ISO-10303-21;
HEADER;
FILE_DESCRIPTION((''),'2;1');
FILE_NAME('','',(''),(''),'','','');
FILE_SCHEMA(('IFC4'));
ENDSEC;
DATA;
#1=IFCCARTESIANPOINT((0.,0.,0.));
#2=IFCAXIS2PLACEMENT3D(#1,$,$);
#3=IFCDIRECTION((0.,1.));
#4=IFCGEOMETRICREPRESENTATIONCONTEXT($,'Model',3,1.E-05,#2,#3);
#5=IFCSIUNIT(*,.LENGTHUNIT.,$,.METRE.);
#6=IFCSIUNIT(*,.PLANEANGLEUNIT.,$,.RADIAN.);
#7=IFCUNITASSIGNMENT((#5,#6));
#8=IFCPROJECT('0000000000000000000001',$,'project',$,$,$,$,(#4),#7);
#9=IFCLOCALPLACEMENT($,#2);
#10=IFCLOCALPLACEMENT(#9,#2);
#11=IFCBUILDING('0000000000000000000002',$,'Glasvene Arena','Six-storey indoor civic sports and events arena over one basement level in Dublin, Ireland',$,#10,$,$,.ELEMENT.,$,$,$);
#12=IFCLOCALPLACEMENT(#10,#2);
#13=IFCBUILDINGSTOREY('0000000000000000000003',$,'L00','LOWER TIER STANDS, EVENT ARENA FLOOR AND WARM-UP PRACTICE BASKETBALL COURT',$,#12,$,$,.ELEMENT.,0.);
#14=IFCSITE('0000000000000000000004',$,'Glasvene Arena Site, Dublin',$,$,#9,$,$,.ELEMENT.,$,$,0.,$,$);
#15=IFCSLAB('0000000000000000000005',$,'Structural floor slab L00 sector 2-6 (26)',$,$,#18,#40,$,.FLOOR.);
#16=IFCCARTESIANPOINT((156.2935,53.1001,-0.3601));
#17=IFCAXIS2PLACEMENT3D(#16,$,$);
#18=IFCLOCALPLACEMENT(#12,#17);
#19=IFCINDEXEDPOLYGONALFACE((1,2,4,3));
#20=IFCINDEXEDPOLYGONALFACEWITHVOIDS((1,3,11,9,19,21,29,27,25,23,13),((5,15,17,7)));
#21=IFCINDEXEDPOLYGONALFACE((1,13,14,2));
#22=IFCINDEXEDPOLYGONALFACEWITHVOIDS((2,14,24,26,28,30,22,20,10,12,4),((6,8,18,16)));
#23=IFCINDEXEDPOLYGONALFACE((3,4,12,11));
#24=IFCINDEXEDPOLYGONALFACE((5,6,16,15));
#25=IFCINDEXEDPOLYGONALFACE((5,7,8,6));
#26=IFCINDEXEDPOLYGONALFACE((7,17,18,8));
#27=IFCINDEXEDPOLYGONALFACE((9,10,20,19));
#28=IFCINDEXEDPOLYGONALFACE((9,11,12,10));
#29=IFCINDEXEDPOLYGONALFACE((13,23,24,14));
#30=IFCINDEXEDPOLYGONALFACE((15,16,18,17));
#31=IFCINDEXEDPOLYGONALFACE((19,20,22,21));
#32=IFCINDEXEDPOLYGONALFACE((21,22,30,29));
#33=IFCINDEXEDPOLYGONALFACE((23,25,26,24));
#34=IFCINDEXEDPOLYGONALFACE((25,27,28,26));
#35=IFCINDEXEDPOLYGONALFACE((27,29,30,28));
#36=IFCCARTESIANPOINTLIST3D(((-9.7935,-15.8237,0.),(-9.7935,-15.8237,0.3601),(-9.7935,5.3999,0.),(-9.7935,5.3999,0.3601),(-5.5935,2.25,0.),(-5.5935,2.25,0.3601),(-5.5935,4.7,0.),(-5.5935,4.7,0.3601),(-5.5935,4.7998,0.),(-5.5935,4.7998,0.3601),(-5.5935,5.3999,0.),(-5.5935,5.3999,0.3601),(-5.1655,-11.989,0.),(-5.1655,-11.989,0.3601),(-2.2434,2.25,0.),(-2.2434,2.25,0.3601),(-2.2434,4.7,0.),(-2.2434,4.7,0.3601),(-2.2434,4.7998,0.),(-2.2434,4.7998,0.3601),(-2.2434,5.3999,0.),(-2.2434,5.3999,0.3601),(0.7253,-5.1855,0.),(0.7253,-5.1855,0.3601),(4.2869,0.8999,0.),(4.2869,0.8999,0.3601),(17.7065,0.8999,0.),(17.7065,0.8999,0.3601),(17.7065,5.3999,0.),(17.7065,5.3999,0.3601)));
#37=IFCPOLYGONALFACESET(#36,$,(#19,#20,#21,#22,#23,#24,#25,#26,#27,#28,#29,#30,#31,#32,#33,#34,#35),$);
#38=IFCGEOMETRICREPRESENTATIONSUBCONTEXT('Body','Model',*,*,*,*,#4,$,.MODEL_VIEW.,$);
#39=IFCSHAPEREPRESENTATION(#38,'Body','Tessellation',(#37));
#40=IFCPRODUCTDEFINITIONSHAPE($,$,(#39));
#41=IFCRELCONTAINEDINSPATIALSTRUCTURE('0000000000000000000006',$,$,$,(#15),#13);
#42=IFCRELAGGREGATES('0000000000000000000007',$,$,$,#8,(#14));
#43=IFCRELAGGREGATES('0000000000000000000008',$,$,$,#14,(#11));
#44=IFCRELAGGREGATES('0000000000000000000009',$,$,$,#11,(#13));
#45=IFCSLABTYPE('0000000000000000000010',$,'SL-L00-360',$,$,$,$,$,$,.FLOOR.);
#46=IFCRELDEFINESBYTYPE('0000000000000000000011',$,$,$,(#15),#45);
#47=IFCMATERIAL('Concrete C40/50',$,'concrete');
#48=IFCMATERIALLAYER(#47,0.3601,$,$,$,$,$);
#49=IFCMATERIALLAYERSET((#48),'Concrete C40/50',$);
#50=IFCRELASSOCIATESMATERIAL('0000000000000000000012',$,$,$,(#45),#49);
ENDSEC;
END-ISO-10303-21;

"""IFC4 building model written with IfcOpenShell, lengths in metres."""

from ifc_helpers import new_model, si_unit, direction, frame, origin, place, context, subcontext, project, spatial, polyline, outline, extrude, material, layer, layer_set, type_object, element, save


model = new_model("IFC4")

# Units and contexts
model_context = context("Model", 3, precision=1e-05, world=origin(), true_north=direction((0.0, 1.0)))
body_context = subcontext(model_context, "Body", "Model", "MODEL_VIEW")
ifc_project = project(units=[si_unit("LENGTHUNIT", "METRE"), si_unit("PLANEANGLEUNIT", "RADIAN")], contexts=[model_context])

# Site, building, storey
site_placement = place(None, origin())
site = spatial("IfcSite", under=ifc_project, at=site_placement, Name="Glasvene Arena Site, Dublin", CompositionType="ELEMENT", RefElevation=0.0)
building_placement = place(site_placement, origin())
building = spatial("IfcBuilding", under=site, at=building_placement, Name="Glasvene Arena", Description="Six-storey indoor civic sports and events arena over one basement level in Dublin, Ireland", CompositionType="ELEMENT")
storey_placement = place(building_placement, origin())
storey = spatial("IfcBuildingStorey", under=building, at=storey_placement, Name="L00", Description="LOWER TIER STANDS, EVENT ARENA FLOOR AND WARM-UP PRACTICE BASKETBALL COURT", CompositionType="ELEMENT", Elevation=0.0)

# Slab
ifc_material_1 = material(Name="Concrete C40/50", Category="concrete")
ifc_layer_1 = layer(ifc_material_1, 0.3601)
ifc_layer_set_1 = layer_set([ifc_layer_1], Name="Concrete C40/50")
slab_type = type_object("IfcSlabType", Name="SL-L00-360", PredefinedType="FLOOR", material=ifc_layer_set_1)
slab_placement = place(storey_placement, frame((156.2935, 53.1001, -0.3601)))
element("IfcSlab", 1, at=slab_placement, inside=storey, type_object=slab_type, Name="Structural floor slab L00 sector 2-6 (26)", PredefinedType="FLOOR", context=body_context, shape_type="SweptSolid", body=[
    extrude(outline(polyline([(4.2869, 0.8999), (0.7253, -5.1855), (-5.1655, -11.989), (-9.7935, -15.8237), (-9.7935, 5.3999), (-5.5935, 5.3999), (-5.5935, 4.7998), (-2.2434, 4.7998), (-2.2434, 5.3999), (17.7065, 5.3999), (17.7065, 0.8999), (4.2869, 0.8999)]), holes=[polyline([(-2.2434, 2.25), (-2.2434, 4.7), (-5.5935, 4.7), (-5.5935, 2.25), (-2.2434, 2.25)])]), origin(), (0.0, 0.0, 1.0), 0.3601),
])

save(model, "model.ifc")
